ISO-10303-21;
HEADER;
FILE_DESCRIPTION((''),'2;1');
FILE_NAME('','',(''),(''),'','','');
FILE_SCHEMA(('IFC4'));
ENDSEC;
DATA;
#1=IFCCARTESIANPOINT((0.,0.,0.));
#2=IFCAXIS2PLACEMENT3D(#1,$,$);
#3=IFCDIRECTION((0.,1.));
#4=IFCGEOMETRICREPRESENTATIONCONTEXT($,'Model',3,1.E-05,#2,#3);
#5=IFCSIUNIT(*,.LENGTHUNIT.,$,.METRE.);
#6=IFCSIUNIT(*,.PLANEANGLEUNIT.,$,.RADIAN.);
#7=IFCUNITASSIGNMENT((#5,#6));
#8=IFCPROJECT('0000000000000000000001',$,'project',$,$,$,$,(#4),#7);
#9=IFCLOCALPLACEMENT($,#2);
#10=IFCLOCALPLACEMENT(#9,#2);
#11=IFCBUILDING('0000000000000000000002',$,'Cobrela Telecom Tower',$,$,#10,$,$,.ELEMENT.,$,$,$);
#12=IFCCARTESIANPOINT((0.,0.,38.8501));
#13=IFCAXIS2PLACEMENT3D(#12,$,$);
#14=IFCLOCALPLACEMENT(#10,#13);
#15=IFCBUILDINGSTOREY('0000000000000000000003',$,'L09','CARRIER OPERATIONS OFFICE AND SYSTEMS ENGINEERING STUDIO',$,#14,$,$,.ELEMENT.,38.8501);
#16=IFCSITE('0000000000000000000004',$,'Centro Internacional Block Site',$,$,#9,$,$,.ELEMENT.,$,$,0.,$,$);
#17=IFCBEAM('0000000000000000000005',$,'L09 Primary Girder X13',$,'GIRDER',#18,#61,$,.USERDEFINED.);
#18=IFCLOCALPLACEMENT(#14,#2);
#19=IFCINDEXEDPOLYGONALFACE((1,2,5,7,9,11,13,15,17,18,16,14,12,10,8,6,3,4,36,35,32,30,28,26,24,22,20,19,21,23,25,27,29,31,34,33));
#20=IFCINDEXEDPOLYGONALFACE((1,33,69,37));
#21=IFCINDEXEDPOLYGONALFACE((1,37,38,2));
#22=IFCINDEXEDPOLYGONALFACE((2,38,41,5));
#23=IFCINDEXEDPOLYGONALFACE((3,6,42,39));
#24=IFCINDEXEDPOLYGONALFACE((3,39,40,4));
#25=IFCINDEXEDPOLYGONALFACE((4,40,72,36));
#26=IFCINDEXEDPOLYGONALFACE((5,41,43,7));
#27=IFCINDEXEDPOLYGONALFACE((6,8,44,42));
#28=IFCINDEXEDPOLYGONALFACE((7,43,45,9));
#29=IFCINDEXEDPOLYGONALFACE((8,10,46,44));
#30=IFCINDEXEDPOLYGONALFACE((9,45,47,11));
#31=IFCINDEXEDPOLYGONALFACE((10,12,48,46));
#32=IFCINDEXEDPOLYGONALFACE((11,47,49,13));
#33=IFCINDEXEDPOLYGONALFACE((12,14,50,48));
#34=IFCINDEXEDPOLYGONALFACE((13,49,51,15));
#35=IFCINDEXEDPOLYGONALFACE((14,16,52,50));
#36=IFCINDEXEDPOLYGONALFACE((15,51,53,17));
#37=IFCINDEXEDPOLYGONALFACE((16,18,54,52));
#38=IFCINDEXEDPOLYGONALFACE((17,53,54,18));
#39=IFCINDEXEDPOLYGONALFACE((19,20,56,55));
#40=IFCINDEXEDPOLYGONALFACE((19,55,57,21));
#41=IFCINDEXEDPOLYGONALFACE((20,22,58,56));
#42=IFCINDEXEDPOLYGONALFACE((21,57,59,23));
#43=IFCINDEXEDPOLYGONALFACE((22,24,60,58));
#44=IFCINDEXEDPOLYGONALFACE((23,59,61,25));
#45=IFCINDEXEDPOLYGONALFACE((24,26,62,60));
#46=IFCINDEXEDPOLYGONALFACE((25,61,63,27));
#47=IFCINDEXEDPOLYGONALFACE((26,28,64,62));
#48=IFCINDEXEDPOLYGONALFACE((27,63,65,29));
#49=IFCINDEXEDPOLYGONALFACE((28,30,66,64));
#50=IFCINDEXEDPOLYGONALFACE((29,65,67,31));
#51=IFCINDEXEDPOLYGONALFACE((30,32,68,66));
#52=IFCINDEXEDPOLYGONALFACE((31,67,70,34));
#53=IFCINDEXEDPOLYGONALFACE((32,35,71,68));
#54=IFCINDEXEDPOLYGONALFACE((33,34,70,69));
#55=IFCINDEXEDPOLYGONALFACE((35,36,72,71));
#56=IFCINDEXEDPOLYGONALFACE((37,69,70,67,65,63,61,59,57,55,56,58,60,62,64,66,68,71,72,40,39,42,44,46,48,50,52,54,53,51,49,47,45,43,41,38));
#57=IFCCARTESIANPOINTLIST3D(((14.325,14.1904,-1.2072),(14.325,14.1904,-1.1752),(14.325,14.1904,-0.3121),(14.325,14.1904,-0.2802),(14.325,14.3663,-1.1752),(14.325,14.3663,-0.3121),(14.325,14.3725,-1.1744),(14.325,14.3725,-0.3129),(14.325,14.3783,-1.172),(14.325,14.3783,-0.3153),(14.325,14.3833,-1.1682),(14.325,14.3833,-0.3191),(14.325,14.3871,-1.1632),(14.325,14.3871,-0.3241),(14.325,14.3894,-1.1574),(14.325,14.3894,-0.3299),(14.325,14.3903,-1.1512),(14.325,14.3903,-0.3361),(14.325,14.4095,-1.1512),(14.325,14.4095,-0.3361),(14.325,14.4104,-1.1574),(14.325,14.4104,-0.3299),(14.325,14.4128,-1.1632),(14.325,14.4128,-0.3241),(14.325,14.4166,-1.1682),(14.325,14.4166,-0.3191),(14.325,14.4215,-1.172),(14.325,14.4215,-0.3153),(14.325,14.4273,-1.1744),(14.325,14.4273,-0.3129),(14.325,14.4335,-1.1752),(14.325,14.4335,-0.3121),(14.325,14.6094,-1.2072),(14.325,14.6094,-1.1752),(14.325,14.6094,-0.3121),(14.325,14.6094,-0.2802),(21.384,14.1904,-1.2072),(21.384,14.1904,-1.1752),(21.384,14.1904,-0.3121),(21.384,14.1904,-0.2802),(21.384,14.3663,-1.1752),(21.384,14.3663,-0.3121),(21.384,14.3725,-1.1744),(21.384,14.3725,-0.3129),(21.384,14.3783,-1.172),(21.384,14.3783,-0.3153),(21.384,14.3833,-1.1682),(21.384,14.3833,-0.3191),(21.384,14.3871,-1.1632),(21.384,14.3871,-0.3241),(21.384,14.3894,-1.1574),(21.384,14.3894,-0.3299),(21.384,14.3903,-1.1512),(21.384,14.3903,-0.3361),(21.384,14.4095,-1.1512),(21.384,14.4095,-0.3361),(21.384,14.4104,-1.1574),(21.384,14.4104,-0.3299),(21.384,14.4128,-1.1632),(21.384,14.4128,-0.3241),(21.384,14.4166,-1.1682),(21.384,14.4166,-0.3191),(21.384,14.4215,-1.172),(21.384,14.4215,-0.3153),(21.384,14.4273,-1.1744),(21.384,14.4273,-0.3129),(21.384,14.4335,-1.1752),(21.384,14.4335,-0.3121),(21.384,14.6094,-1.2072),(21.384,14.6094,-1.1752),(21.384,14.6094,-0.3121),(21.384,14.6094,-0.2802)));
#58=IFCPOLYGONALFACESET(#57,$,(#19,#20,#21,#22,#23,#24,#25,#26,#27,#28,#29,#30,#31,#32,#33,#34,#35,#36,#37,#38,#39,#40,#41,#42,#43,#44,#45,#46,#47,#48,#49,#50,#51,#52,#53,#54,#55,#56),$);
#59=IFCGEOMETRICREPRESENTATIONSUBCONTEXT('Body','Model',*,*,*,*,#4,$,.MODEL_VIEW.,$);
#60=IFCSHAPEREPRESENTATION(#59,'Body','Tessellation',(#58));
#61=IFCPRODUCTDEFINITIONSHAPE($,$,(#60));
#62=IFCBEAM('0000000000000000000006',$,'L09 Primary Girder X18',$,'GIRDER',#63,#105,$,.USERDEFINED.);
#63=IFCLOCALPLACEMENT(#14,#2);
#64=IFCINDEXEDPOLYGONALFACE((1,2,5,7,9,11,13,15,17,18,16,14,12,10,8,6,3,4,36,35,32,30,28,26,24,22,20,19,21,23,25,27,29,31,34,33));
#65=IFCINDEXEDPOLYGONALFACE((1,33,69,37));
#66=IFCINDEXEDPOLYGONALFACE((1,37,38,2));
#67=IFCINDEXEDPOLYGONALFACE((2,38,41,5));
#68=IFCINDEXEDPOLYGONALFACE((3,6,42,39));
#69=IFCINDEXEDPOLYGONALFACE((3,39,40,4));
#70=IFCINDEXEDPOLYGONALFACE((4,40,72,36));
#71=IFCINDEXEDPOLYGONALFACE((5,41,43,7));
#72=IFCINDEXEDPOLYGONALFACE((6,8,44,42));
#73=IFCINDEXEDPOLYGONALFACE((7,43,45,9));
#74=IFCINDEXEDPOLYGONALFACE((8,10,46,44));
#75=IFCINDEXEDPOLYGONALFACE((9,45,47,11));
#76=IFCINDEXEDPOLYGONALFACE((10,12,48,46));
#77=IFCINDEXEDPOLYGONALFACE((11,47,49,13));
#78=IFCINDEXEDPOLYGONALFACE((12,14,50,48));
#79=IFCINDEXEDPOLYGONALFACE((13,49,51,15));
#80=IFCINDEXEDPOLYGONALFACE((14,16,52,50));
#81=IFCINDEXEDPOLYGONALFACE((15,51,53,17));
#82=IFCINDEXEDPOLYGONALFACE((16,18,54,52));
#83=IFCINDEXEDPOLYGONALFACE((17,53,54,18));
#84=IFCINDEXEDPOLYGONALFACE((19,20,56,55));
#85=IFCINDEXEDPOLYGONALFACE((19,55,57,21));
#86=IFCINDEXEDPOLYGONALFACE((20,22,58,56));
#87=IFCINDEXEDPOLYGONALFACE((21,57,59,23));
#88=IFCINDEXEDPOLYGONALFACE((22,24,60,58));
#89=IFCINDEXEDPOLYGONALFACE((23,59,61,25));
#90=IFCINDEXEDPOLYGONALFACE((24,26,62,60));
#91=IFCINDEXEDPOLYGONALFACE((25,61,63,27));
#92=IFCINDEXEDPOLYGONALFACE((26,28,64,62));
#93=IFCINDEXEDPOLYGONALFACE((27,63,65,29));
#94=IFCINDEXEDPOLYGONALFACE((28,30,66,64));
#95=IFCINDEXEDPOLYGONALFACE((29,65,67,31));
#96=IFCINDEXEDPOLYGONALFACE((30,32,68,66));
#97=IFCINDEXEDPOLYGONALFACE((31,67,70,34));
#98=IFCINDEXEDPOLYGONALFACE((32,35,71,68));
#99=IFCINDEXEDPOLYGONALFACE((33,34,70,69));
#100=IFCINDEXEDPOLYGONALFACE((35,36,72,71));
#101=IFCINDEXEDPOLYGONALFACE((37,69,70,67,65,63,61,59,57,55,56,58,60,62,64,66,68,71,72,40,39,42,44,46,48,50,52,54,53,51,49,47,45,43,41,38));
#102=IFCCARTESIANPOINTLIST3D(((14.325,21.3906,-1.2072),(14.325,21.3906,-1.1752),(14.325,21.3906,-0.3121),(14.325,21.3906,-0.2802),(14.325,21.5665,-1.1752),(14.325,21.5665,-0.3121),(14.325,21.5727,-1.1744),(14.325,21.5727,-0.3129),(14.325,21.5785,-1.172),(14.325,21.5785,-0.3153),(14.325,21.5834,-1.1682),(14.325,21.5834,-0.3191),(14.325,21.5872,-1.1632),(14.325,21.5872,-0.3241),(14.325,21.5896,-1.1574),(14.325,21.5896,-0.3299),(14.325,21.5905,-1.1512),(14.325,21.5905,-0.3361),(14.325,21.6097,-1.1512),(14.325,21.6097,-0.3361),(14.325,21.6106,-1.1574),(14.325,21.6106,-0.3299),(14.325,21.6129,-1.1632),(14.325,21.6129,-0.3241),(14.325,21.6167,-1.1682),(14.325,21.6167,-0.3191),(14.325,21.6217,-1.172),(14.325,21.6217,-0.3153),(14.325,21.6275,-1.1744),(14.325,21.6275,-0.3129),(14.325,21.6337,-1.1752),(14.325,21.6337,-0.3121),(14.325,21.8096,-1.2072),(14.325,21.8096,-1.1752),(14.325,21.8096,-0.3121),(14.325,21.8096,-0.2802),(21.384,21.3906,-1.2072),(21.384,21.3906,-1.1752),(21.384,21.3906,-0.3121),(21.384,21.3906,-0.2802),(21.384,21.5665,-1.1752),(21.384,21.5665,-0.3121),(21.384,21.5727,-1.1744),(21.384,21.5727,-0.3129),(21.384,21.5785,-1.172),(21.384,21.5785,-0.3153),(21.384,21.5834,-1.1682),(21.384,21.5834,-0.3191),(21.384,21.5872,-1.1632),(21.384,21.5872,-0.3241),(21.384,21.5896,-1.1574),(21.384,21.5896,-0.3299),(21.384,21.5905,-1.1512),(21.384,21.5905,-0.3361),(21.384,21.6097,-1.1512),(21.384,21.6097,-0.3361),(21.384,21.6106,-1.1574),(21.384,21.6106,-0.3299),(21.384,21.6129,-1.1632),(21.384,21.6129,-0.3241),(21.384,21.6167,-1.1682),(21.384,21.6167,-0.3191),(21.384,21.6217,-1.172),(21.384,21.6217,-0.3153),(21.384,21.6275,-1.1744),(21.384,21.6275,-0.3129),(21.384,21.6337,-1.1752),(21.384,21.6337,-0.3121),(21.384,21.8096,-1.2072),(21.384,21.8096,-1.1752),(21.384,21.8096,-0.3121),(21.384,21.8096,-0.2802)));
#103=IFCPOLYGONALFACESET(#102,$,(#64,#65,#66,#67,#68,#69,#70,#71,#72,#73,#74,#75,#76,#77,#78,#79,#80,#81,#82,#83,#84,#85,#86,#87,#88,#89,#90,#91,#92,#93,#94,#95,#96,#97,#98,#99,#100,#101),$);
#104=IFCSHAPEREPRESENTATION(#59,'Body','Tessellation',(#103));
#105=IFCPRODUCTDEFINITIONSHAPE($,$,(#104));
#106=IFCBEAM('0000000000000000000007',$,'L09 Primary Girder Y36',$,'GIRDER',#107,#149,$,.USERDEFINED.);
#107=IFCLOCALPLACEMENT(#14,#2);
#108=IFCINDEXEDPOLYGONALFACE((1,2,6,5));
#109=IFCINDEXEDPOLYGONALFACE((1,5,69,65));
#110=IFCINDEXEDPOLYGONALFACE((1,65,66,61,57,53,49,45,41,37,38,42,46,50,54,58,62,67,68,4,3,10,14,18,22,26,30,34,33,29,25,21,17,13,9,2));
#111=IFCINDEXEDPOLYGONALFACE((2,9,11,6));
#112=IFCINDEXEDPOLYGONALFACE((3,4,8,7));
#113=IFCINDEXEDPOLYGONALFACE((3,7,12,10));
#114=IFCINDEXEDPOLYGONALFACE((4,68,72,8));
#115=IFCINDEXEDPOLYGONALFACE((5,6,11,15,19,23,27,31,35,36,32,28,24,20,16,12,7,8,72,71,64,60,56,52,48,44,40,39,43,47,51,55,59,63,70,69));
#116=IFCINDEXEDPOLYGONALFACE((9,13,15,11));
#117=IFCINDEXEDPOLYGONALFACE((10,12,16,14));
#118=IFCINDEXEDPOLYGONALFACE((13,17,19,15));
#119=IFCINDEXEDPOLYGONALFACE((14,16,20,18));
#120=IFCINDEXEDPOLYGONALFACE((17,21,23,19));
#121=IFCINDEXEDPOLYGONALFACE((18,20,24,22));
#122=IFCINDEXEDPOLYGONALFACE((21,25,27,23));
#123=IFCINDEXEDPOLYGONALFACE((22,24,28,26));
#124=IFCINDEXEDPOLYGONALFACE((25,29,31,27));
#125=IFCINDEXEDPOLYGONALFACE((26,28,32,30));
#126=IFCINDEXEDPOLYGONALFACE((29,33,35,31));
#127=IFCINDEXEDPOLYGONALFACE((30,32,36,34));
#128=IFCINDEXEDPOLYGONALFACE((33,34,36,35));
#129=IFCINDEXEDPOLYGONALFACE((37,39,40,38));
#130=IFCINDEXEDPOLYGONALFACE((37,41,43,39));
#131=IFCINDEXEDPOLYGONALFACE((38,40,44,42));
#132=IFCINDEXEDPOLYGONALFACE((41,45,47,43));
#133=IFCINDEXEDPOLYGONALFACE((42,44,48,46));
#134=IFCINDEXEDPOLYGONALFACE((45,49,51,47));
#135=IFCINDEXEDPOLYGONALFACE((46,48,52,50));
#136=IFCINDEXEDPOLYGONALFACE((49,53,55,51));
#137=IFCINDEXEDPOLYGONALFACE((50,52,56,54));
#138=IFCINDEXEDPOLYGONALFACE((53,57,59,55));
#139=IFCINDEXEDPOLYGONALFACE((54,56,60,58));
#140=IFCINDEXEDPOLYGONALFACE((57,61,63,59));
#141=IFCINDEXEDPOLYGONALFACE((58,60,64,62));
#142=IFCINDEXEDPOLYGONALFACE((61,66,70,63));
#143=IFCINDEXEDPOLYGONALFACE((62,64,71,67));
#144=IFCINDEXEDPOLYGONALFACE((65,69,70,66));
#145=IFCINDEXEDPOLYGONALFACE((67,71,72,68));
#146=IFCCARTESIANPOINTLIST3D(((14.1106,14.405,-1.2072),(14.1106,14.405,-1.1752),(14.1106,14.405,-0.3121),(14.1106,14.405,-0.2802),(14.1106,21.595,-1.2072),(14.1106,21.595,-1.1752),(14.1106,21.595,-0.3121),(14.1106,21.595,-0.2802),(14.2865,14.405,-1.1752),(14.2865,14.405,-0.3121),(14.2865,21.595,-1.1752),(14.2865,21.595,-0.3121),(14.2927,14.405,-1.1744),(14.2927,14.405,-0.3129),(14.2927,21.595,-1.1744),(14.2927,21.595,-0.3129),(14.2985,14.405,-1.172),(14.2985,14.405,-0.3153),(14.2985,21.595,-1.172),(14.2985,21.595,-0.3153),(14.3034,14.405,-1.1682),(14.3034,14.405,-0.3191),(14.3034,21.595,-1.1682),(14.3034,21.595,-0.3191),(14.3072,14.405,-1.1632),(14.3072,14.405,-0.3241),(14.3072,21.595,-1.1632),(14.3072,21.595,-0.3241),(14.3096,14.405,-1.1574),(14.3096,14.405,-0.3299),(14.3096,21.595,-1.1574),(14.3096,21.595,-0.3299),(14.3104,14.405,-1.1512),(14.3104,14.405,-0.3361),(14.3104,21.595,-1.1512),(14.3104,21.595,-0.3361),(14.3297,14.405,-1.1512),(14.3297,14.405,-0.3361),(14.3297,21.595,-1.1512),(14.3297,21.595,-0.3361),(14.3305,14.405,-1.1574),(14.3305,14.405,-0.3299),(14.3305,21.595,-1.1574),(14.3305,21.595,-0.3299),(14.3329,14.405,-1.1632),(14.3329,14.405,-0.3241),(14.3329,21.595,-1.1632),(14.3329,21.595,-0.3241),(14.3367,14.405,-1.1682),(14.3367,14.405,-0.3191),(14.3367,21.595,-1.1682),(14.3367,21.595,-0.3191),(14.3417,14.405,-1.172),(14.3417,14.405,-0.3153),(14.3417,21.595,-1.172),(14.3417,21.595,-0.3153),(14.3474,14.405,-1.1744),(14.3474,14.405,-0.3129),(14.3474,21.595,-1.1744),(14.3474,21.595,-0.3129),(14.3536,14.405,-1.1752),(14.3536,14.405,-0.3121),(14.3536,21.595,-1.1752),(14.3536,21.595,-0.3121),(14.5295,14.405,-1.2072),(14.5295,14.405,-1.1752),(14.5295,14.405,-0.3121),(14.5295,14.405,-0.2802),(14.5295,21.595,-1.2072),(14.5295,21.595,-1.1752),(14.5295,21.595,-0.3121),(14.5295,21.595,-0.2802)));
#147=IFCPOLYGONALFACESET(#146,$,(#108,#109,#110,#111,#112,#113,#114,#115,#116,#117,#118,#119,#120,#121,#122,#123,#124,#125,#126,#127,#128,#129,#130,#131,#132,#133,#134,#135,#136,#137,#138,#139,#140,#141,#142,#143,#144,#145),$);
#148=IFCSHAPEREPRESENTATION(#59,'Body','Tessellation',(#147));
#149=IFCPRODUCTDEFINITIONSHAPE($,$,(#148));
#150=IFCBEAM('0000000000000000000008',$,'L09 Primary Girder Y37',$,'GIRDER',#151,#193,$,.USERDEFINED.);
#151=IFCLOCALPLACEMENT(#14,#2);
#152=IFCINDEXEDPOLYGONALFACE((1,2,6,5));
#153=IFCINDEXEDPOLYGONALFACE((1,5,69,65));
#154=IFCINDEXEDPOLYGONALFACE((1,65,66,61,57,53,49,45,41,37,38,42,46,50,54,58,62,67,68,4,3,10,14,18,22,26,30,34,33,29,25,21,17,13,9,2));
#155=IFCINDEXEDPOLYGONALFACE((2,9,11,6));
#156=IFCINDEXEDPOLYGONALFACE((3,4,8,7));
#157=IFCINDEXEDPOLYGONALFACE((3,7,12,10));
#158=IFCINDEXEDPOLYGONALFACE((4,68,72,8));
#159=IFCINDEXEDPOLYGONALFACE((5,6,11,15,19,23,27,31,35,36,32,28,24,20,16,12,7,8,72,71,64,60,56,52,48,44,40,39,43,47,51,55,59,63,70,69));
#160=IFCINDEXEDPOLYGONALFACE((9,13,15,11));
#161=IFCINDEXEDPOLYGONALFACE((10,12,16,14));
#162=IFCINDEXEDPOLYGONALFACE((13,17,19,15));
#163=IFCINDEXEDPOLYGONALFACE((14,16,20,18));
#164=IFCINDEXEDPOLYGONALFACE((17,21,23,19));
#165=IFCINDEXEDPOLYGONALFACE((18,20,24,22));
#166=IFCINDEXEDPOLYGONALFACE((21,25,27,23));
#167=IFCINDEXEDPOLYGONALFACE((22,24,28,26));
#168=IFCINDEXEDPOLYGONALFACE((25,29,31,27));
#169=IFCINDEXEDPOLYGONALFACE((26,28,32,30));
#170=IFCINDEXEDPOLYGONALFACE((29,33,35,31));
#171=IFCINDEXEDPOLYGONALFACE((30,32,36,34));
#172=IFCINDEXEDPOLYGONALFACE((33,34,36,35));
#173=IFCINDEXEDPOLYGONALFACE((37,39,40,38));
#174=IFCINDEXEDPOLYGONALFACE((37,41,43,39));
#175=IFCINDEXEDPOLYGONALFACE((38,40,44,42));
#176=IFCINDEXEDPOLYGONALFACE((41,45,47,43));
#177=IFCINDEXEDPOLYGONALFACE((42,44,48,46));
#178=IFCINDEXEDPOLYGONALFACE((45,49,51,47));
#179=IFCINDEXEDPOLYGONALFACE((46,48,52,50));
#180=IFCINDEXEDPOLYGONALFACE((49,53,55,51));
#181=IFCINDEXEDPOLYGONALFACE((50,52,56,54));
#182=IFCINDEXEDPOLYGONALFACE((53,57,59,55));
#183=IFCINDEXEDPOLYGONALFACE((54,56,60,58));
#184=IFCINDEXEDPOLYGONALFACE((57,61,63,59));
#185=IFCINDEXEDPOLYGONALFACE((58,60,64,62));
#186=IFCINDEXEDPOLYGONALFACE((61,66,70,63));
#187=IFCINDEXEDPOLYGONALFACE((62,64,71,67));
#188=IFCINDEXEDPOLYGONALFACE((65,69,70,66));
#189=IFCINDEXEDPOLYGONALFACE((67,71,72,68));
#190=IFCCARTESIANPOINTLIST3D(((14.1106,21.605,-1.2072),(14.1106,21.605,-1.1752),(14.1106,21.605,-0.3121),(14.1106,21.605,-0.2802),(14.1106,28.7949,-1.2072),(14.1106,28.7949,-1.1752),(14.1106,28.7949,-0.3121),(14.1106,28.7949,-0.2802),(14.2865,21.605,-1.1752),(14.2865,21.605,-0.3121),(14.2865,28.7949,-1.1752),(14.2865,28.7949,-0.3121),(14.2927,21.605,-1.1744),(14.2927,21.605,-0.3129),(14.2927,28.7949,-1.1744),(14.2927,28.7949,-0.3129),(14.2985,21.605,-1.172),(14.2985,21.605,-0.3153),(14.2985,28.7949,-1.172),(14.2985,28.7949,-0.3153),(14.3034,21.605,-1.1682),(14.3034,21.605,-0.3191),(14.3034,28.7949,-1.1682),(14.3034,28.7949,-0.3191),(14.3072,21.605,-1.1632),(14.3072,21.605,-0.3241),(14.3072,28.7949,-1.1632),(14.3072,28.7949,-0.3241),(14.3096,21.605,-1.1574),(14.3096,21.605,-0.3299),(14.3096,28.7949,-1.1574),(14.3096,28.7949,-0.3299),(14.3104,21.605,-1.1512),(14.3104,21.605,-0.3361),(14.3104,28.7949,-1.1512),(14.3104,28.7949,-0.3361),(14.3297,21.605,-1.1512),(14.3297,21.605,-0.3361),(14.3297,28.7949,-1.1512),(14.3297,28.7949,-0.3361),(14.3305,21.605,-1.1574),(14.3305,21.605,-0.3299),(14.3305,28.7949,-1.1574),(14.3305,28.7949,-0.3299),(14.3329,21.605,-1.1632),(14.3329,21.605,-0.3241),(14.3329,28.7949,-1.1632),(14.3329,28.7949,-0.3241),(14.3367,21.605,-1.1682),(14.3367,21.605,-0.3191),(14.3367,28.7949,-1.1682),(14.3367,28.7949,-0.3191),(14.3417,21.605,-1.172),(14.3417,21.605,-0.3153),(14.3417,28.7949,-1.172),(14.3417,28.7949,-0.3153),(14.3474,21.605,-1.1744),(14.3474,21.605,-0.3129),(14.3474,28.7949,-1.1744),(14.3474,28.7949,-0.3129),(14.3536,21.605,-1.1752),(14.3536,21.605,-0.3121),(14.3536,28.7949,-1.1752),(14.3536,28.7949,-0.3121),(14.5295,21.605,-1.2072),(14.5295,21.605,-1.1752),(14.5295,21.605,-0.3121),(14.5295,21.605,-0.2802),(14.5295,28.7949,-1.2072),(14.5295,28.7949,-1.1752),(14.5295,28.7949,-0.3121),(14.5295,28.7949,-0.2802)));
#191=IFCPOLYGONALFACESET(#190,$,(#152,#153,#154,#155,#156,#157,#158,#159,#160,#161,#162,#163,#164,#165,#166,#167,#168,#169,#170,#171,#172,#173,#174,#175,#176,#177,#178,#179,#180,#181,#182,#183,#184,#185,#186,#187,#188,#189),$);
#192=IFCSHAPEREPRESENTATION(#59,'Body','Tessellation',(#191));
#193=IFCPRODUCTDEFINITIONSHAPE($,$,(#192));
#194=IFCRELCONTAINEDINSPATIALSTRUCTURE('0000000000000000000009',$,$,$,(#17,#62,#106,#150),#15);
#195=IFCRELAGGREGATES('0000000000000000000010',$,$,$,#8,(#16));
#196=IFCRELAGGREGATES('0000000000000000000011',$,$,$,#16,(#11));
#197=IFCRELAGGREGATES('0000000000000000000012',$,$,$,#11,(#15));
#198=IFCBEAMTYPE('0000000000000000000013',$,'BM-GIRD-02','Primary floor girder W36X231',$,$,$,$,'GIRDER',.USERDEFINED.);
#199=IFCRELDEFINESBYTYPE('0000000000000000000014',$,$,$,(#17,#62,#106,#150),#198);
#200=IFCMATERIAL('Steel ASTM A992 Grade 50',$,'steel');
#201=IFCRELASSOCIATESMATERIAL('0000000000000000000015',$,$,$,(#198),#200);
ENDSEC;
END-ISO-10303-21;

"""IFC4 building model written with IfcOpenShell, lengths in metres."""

from ifc_helpers import new_model, si_unit, direction, frame, origin, origin_2d, place, context, subcontext, project, spatial, i_section, extrude, material, material_profile, profile_set, type_object, element, save


model = new_model("IFC4")

# Units and contexts
model_context = context("Model", 3, precision=1e-05, world=origin(), true_north=direction((0.0, 1.0)))
body_context = subcontext(model_context, "Body", "Model", "MODEL_VIEW")
ifc_project = project(units=[si_unit("LENGTHUNIT", "METRE"), si_unit("PLANEANGLEUNIT", "RADIAN")], contexts=[model_context])

# Site, building, storey
site_placement = place(None, origin())
site = spatial("IfcSite", under=ifc_project, at=site_placement, Name="Centro Internacional Block Site", CompositionType="ELEMENT", RefElevation=0.0)
building_placement = place(site_placement, origin())
building = spatial("IfcBuilding", under=site, at=building_placement, Name="Cobrela Telecom Tower", CompositionType="ELEMENT")
storey_placement = place(building_placement, frame((0.0, 0.0, 38.8501)))
storey = spatial("IfcBuildingStorey", under=building, at=storey_placement, Name="L09", Description="CARRIER OPERATIONS OFFICE AND SYSTEMS ENGINEERING STUDIO", CompositionType="ELEMENT", Elevation=38.8501)

# Beams
ifc_material_1 = material(Name="Steel ASTM A992 Grade 50", Category="steel")
ifc_material_profile_1 = material_profile(ifc_material_1, i_section(OverallWidth=0.4189, OverallDepth=0.927, WebThickness=0.0193, FlangeThickness=0.032, FilletRadius=0.0239, at=origin_2d()), Name="W36X231")
ifc_profile_set_1 = profile_set([ifc_material_profile_1], Name="Steel ASTM A992 Grade 50")
beam_type_1 = type_object("IfcBeamType", Name="BM-GIRD-02", Description="Primary floor girder W36X231", ElementType="GIRDER", PredefinedType="USERDEFINED", material=ifc_profile_set_1)
for number, where, z_axis, x_axis, name in (
    (1, (14.325, 14.3999, -0.7437), (1.0, 0.0, 0.0), (0.0, 1.0, 0.0), "L09 Primary Girder X13"),
    (2, (14.325, 21.6001, -0.7437), (1.0, 0.0, 0.0), (0.0, 1.0, 0.0), "L09 Primary Girder X18"),
):
    element("IfcBeam", number, at=place(storey_placement, frame(where, z_axis=z_axis, x_axis=x_axis)), inside=storey, type_object=beam_type_1, Name=name, ObjectType="GIRDER", PredefinedType="USERDEFINED", context=body_context, shape_type="SweptSolid", body=[
        extrude(i_section(OverallWidth=0.4189, OverallDepth=0.927, WebThickness=0.0193, FlangeThickness=0.032, FilletRadius=0.0239, at=origin_2d()), origin(), (0.0, 0.0, 1.0), 7.0591),
    ])
for number, where, z_axis, x_axis, name in (
    (3, (14.3201, 14.405, -0.7437), (0.0, 1.0, 0.0), (-1.0, 0.0, 0.0), "L09 Primary Girder Y36"),
    (4, (14.3201, 21.605, -0.7437), (0.0, 1.0, 0.0), (-1.0, 0.0, 0.0), "L09 Primary Girder Y37"),
):
    element("IfcBeam", number, at=place(storey_placement, frame(where, z_axis=z_axis, x_axis=x_axis)), inside=storey, type_object=beam_type_1, Name=name, ObjectType="GIRDER", PredefinedType="USERDEFINED", context=body_context, shape_type="SweptSolid", body=[
        extrude(i_section(OverallWidth=0.4189, OverallDepth=0.927, WebThickness=0.0193, FlangeThickness=0.032, FilletRadius=0.0239, at=origin_2d()), origin(), (0.0, 0.0, 1.0), 7.1899),
    ])

save(model, "model.ifc")
